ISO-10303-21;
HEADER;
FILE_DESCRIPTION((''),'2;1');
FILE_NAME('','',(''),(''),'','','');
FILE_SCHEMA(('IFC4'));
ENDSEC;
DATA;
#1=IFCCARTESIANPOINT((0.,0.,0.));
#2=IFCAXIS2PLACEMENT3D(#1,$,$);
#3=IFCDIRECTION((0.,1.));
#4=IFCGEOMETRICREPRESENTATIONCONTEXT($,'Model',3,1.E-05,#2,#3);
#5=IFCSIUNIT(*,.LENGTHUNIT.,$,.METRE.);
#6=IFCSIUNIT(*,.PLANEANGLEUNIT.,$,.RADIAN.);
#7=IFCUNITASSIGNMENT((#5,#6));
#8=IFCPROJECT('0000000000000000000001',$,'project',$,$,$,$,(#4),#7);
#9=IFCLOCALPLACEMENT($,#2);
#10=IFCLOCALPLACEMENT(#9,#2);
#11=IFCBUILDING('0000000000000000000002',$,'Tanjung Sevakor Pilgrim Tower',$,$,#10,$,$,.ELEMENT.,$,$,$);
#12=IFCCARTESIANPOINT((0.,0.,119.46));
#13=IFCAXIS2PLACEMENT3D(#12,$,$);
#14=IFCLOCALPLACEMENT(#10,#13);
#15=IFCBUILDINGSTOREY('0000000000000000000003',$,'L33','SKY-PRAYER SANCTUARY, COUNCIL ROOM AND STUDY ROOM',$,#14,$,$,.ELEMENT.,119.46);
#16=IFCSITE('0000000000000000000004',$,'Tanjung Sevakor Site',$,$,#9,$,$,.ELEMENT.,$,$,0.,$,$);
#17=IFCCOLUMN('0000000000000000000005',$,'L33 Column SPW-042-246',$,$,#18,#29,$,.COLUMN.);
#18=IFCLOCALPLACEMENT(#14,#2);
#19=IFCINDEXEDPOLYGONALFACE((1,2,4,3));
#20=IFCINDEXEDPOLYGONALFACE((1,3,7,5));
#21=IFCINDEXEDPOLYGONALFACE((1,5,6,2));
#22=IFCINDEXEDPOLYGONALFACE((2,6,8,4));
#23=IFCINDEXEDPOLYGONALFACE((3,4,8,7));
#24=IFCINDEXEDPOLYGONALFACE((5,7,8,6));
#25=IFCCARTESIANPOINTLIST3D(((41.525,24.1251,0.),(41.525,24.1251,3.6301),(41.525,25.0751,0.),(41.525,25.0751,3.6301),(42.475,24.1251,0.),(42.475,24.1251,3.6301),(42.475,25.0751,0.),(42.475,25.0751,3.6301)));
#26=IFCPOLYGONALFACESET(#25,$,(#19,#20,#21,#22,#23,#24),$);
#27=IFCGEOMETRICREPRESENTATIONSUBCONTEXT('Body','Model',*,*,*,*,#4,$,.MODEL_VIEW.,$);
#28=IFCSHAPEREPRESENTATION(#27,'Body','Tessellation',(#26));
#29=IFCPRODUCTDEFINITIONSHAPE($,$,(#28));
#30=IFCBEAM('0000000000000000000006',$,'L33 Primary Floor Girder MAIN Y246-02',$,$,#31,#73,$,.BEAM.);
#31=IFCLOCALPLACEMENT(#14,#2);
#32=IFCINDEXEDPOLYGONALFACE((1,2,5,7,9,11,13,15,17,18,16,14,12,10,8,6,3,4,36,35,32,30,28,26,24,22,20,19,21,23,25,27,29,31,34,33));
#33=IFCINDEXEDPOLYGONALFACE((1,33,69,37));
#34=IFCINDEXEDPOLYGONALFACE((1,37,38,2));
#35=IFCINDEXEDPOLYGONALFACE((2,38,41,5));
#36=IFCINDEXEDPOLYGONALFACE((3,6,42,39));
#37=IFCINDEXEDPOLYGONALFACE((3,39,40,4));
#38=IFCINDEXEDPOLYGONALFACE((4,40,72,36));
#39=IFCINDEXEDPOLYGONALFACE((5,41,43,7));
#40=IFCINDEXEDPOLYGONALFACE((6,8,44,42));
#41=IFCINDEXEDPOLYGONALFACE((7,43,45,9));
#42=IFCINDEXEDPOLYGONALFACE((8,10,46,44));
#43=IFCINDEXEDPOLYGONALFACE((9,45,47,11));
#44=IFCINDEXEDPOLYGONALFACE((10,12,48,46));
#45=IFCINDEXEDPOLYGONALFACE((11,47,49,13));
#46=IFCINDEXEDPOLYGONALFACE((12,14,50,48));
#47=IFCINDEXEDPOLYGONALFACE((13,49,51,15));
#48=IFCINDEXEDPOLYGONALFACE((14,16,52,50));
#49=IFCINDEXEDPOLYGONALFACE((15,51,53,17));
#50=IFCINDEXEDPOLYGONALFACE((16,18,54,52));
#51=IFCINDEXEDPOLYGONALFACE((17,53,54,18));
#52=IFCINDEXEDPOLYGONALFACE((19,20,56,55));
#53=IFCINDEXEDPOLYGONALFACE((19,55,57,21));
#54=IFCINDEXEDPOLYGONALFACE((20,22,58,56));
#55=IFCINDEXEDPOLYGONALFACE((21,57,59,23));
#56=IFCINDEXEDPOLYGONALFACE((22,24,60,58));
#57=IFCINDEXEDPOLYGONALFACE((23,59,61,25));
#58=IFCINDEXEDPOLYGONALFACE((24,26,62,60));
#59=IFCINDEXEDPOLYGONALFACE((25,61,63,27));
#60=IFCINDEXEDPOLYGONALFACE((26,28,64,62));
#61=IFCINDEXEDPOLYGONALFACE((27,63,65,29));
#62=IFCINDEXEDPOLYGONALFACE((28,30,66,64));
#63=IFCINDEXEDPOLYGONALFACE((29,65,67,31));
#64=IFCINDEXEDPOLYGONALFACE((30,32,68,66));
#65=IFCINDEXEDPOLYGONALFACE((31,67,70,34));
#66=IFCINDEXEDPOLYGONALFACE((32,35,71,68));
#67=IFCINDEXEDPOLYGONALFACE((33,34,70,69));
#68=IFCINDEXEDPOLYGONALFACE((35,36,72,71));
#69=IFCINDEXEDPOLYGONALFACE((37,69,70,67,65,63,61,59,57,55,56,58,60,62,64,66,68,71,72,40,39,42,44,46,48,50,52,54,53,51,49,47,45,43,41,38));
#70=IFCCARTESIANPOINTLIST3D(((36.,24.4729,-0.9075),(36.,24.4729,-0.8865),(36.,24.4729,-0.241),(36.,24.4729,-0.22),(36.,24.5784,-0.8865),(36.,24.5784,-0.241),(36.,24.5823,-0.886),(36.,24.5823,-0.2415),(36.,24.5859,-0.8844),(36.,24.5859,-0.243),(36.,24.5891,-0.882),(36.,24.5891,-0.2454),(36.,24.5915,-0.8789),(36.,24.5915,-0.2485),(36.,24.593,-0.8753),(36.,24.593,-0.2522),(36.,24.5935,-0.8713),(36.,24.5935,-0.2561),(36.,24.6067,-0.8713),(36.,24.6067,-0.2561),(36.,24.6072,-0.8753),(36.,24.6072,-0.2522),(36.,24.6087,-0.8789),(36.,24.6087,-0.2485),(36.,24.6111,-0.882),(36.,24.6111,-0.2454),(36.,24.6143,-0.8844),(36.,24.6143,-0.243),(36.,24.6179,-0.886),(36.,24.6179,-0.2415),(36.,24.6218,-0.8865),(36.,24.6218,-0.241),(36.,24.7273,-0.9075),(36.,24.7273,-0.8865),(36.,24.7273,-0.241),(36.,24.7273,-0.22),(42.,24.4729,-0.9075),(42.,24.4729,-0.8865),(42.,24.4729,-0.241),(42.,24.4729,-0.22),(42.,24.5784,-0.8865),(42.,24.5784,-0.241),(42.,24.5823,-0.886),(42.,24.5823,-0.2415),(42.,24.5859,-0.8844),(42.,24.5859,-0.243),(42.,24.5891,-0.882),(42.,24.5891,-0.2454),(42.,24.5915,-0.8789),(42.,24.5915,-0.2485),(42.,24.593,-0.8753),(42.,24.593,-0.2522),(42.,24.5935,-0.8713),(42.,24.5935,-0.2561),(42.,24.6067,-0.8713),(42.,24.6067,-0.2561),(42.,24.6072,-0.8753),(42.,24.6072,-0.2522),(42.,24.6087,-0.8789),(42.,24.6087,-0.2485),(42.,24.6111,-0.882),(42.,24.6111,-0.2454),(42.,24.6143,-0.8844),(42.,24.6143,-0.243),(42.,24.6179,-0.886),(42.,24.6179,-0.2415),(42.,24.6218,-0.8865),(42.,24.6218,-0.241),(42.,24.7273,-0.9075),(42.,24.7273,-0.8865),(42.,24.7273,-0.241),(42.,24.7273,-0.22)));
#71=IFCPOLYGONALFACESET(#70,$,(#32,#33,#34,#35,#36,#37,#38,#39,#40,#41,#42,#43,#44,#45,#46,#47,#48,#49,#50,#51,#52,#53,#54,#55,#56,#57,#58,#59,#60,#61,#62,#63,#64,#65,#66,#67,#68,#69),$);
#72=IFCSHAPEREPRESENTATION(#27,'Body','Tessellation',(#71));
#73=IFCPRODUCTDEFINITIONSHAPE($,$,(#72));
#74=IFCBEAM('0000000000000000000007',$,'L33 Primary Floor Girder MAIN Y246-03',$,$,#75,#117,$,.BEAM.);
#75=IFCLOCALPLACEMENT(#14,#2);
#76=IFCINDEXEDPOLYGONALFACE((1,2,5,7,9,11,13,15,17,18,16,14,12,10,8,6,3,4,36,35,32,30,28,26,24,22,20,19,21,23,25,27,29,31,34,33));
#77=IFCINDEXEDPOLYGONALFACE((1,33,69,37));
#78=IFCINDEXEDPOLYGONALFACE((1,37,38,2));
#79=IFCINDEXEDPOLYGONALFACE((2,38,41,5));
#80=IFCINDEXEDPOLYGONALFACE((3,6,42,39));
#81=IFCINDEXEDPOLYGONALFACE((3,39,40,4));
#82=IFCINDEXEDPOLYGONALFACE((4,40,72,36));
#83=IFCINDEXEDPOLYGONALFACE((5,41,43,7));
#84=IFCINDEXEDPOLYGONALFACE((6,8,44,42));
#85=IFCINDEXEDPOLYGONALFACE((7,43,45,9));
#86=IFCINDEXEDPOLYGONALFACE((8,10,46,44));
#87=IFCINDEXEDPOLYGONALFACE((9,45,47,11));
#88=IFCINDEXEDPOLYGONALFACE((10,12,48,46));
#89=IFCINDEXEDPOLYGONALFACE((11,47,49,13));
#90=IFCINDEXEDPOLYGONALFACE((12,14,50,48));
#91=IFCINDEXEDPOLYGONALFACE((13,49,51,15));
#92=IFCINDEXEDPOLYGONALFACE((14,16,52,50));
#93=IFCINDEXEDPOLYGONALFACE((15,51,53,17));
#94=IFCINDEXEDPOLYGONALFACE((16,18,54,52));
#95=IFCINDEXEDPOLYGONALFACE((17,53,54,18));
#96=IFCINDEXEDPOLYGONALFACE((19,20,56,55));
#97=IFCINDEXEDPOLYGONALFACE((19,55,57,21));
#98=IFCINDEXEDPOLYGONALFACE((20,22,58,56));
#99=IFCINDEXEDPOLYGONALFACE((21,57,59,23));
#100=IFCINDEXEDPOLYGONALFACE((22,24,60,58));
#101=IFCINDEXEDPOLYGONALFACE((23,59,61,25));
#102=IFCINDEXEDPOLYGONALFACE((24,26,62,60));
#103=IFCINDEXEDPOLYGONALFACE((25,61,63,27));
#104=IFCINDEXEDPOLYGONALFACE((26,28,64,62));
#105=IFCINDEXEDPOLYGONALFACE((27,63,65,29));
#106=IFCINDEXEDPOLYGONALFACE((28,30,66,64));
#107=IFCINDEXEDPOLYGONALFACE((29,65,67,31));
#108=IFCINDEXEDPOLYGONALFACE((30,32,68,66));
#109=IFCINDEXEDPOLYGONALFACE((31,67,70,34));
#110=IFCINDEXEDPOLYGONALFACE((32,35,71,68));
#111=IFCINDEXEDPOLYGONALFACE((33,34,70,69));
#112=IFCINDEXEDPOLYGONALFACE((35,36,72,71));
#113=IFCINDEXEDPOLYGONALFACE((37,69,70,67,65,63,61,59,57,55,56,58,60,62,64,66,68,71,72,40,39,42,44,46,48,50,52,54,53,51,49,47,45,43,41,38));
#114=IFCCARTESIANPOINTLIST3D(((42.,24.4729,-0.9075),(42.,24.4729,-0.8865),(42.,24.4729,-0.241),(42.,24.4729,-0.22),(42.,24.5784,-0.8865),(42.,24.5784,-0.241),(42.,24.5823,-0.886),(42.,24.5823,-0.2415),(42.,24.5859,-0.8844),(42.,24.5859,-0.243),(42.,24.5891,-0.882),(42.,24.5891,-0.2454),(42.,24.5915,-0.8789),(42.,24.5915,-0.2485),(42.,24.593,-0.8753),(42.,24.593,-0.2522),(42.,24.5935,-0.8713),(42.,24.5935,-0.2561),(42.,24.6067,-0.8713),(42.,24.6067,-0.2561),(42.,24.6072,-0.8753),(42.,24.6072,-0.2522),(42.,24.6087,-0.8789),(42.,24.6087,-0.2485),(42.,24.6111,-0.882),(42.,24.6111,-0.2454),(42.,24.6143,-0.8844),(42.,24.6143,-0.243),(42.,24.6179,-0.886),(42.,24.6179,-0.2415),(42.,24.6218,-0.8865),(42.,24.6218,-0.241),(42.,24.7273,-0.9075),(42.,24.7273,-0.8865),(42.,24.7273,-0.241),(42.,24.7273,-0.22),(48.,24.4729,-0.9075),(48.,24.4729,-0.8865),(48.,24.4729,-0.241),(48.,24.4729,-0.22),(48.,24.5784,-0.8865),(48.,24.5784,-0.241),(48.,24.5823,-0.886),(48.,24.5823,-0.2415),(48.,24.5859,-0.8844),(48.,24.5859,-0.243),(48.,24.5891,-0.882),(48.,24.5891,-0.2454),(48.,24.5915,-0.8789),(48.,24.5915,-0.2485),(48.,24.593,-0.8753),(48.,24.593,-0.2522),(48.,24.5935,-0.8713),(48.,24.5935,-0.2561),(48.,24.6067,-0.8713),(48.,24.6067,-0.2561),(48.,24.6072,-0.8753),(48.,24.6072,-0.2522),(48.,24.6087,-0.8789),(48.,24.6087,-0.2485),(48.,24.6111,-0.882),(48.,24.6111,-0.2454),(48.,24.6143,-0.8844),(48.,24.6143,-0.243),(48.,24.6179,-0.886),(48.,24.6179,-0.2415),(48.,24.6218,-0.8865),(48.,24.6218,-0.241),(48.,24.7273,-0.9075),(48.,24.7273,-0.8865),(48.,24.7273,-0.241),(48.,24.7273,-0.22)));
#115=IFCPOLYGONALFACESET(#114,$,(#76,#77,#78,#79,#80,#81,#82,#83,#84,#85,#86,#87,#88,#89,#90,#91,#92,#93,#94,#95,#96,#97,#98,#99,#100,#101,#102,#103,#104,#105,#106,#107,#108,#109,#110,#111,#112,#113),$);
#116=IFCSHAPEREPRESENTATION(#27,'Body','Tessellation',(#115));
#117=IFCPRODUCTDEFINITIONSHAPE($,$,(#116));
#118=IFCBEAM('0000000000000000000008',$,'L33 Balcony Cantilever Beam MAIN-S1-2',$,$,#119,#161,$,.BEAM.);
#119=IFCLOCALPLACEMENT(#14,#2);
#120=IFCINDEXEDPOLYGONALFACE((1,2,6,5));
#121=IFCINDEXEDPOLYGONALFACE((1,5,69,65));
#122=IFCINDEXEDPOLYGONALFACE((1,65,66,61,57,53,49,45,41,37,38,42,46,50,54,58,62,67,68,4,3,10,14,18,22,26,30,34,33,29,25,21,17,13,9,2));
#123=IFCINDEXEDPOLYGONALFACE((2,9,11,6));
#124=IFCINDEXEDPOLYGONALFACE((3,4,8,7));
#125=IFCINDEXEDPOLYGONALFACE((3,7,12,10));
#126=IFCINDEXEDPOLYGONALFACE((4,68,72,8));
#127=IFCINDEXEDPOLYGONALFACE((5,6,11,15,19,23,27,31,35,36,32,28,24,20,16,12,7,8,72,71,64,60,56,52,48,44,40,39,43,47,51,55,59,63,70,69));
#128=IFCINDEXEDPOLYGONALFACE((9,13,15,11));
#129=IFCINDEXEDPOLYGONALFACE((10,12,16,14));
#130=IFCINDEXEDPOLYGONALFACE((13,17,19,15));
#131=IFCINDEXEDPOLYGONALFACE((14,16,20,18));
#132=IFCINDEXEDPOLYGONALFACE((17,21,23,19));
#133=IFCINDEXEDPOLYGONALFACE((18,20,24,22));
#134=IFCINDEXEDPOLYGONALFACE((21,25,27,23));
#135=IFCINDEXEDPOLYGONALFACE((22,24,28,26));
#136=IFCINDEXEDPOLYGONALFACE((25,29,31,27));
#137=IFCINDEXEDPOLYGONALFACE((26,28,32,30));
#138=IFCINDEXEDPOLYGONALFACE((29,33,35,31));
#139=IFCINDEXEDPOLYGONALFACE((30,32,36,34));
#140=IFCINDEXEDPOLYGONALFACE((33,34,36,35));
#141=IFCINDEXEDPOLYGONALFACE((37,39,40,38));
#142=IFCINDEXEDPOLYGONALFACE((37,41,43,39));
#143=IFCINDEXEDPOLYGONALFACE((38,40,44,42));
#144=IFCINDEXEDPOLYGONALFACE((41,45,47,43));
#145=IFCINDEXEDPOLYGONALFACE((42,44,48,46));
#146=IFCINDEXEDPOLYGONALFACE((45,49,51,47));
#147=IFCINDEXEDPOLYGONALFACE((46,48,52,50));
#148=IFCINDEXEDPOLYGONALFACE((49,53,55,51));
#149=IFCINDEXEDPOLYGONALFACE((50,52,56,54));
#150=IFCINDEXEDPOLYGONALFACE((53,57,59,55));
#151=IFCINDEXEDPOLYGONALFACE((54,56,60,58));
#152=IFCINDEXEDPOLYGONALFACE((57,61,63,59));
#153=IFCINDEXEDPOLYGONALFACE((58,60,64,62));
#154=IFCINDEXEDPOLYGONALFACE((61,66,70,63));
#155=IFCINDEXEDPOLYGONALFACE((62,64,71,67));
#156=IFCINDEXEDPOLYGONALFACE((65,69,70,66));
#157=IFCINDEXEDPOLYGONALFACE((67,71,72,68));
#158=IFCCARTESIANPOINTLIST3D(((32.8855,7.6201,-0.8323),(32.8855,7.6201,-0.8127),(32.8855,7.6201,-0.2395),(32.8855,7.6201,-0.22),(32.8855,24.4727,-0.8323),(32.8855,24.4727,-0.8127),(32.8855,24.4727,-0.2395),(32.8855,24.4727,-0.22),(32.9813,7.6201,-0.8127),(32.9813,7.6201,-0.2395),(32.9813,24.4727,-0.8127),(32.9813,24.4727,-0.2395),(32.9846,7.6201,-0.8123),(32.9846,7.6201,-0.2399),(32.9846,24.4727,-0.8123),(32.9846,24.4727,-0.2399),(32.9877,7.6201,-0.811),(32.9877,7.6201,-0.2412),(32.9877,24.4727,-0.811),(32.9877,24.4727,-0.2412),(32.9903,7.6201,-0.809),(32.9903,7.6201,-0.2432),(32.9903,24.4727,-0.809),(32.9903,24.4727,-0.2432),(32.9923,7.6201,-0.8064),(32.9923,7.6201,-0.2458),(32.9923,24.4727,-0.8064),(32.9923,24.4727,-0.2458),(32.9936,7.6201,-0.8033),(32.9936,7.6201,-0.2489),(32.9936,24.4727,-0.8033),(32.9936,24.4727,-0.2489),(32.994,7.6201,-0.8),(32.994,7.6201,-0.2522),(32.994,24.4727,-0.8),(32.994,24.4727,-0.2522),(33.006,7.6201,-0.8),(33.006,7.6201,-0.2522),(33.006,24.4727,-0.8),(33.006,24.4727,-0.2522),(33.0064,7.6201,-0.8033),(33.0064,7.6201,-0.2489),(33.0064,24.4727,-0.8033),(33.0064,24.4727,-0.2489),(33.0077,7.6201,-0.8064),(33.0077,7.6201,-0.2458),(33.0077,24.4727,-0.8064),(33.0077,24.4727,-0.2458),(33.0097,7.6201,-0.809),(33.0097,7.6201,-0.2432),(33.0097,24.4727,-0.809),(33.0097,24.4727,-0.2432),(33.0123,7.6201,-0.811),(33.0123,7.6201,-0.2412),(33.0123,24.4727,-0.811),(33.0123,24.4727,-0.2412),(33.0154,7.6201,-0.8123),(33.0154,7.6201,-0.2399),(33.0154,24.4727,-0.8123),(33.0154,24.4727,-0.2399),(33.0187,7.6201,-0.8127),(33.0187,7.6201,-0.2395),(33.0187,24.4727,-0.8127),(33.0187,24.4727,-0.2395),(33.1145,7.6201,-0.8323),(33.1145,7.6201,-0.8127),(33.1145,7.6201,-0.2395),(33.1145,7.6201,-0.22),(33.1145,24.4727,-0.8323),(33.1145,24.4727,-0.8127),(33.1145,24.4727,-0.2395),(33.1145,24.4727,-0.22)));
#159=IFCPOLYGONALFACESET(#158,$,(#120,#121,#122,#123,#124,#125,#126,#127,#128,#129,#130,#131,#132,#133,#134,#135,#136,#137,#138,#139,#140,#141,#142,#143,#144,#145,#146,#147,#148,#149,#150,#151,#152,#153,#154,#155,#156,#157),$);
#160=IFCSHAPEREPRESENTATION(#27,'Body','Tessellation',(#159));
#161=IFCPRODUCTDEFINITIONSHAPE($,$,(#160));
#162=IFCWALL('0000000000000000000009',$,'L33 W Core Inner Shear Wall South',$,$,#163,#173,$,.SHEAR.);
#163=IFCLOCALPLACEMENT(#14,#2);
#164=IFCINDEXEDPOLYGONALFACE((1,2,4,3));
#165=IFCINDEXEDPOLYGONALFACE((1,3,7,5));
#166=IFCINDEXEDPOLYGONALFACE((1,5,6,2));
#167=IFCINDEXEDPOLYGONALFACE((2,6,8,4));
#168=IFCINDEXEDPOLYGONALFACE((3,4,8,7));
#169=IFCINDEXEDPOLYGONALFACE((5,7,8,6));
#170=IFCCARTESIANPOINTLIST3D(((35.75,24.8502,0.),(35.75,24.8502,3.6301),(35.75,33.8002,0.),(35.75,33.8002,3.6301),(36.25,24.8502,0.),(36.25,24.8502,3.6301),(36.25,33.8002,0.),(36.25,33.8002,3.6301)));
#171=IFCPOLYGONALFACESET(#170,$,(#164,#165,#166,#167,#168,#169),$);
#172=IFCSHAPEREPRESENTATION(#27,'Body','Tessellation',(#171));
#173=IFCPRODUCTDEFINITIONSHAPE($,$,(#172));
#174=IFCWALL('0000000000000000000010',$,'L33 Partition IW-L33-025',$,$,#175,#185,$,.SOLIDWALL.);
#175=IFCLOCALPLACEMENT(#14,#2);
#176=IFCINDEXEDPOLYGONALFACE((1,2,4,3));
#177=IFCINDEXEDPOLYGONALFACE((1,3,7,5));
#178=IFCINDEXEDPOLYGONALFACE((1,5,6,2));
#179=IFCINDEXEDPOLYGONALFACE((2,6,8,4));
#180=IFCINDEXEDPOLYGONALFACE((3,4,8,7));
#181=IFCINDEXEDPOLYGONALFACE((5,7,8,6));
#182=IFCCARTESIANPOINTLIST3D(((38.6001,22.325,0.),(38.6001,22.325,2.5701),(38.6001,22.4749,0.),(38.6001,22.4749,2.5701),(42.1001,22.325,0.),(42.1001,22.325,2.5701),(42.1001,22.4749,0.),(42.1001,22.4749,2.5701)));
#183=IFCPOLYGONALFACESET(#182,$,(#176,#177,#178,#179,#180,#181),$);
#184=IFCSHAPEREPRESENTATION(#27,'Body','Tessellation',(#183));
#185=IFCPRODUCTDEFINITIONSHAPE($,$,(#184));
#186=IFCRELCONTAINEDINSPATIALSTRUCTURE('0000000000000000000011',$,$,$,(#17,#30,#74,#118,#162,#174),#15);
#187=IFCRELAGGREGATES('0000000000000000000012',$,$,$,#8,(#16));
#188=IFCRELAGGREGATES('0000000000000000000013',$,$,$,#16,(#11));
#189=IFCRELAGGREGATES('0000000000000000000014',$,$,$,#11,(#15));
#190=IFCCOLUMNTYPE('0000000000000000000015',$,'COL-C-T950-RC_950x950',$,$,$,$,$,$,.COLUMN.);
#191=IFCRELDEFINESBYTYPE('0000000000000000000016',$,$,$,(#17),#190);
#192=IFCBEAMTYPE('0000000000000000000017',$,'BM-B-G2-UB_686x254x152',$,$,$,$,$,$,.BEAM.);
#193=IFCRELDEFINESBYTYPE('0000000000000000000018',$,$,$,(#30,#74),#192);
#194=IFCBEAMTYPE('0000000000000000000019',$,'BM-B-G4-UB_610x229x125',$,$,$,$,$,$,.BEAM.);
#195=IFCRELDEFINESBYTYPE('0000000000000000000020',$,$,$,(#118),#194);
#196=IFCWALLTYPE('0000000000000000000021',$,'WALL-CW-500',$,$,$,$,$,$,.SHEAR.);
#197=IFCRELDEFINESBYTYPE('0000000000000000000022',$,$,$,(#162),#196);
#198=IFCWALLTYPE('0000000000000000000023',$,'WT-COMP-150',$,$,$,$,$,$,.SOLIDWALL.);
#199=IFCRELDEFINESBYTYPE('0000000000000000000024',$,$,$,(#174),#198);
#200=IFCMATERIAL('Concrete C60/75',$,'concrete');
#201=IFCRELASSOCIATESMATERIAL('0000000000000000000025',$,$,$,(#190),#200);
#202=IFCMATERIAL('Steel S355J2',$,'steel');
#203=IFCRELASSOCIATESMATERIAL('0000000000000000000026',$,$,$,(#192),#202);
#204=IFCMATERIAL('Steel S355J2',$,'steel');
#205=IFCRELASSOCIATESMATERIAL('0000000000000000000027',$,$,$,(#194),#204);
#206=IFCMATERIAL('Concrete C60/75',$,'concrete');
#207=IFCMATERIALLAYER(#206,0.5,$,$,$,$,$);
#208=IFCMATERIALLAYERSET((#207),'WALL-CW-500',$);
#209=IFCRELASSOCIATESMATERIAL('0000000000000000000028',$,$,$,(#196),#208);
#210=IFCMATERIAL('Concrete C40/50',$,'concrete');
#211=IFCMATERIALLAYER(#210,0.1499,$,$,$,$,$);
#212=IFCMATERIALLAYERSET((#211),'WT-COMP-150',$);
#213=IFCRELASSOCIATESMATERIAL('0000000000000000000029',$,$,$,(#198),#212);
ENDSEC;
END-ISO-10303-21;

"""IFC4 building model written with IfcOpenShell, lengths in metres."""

from ifc_helpers import new_model, si_unit, direction, frame, frame_2d, origin, origin_2d, place, context, subcontext, project, spatial, rectangle, i_section, extrude, material, layer, layer_set, material_profile, profile_set, type_object, element, save


model = new_model("IFC4")

# Units and contexts
model_context = context("Model", 3, precision=1e-05, world=origin(), true_north=direction((0.0, 1.0)))
body_context = subcontext(model_context, "Body", "Model", "MODEL_VIEW")
ifc_project = project(units=[si_unit("LENGTHUNIT", "METRE"), si_unit("PLANEANGLEUNIT", "RADIAN")], contexts=[model_context])

# Site, building, storey
site_placement = place(None, origin())
site = spatial("IfcSite", under=ifc_project, at=site_placement, Name="Tanjung Sevakor Site", CompositionType="ELEMENT", RefElevation=0.0)
building_placement = place(site_placement, origin())
building = spatial("IfcBuilding", under=site, at=building_placement, Name="Tanjung Sevakor Pilgrim Tower", CompositionType="ELEMENT")
storey_placement = place(building_placement, frame((0.0, 0.0, 119.46)))
storey = spatial("IfcBuildingStorey", under=building, at=storey_placement, Name="L33", Description="SKY-PRAYER SANCTUARY, COUNCIL ROOM AND STUDY ROOM", CompositionType="ELEMENT", Elevation=119.46)

# Column
ifc_material_1 = material(Name="Concrete C60/75", Category="concrete")
ifc_material_profile_1 = material_profile(ifc_material_1, rectangle(XDim=0.95, YDim=0.95, at=origin_2d()))
ifc_profile_set_1 = profile_set([ifc_material_profile_1], Name="Concrete C60/75")
column_type = type_object("IfcColumnType", Name="COL-C-T950-RC_950x950", PredefinedType="COLUMN", material=ifc_profile_set_1)
column_placement = place(storey_placement, frame((42.0, 24.6001, 0.0), z_axis=(0.0, 0.0, 1.0), x_axis=(1.0, 0.0, 0.0)))
element("IfcColumn", 1, at=column_placement, inside=storey, type_object=column_type, Name="L33 Column SPW-042-246", PredefinedType="COLUMN", context=body_context, shape_type="SweptSolid", body=[
    extrude(rectangle(XDim=0.95, YDim=0.95, at=origin_2d()), origin(), (0.0, 0.0, 1.0), 3.6301),
])

# Beams
ifc_material_2 = material(Name="Steel S355J2", Category="steel")
ifc_material_profile_2 = material_profile(ifc_material_2, i_section(OverallWidth=0.2544, OverallDepth=0.6875, WebThickness=0.0132, FlangeThickness=0.021, FilletRadius=0.0151, at=origin_2d()))
ifc_profile_set_2 = profile_set([ifc_material_profile_2], Name="Steel S355J2")
beam_type_1 = type_object("IfcBeamType", Name="BM-B-G2-UB_686x254x152", PredefinedType="BEAM", material=ifc_profile_set_2)
for number, where, z_axis, x_axis, name in (
    (2, (36.0, 24.6001, -0.5637), (1.0, 0.0, 0.0), (0.0, 1.0, 0.0), "L33 Primary Floor Girder MAIN Y246-02"),
    (3, (42.0, 24.6001, -0.5637), (1.0, 0.0, 0.0), (0.0, 1.0, 0.0), "L33 Primary Floor Girder MAIN Y246-03"),
):
    element("IfcBeam", number, at=place(storey_placement, frame(where, z_axis=z_axis, x_axis=x_axis)), inside=storey, type_object=beam_type_1, Name=name, PredefinedType="BEAM", context=body_context, shape_type="SweptSolid", body=[
        extrude(i_section(OverallWidth=0.2544, OverallDepth=0.6875, WebThickness=0.0132, FlangeThickness=0.021, FilletRadius=0.0151, at=origin_2d()), origin(), (0.0, 0.0, 1.0), 6.0),
    ])
ifc_material_3 = material(Name="Steel S355J2", Category="steel")
ifc_material_profile_3 = material_profile(ifc_material_3, i_section(OverallWidth=0.229, OverallDepth=0.6123, WebThickness=0.012, FlangeThickness=0.0195, FilletRadius=0.0127, at=origin_2d()))
ifc_profile_set_3 = profile_set([ifc_material_profile_3], Name="Steel S355J2")
beam_type_2 = type_object("IfcBeamType", Name="BM-B-G4-UB_610x229x125", PredefinedType="BEAM", material=ifc_profile_set_3)
beam_placement = place(storey_placement, frame((33.0, 24.4727, -0.5261), z_axis=(0.0, -1.0, 0.0), x_axis=(1.0, 0.0, 0.0)))
element("IfcBeam", 4, at=beam_placement, inside=storey, type_object=beam_type_2, Name="L33 Balcony Cantilever Beam MAIN-S1-2", PredefinedType="BEAM", context=body_context, shape_type="SweptSolid", body=[
    extrude(i_section(OverallWidth=0.229, OverallDepth=0.6123, WebThickness=0.012, FlangeThickness=0.0195, FilletRadius=0.0127, at=origin_2d()), origin(), (0.0, 0.0, 1.0), 16.8525),
])

# Wall
ifc_material_4 = material(Name="Concrete C60/75", Category="concrete")
ifc_layer_1 = layer(ifc_material_4, 0.5)
ifc_layer_set_1 = layer_set([ifc_layer_1], Name="WALL-CW-500")
wall_type_1 = type_object("IfcWallType", Name="WALL-CW-500", PredefinedType="SHEAR", material=ifc_layer_set_1)
wall_1_placement = place(storey_placement, frame((36.0, 24.8501, 0.0), z_axis=(0.0, 0.0, 1.0), x_axis=(0.0, 1.0, 0.0)))
element("IfcWall", 5, at=wall_1_placement, inside=storey, type_object=wall_type_1, Name="L33 W Core Inner Shear Wall South", PredefinedType="SHEAR", context=body_context, shape_type="SweptSolid", body=[
    extrude(rectangle(XDim=8.95, YDim=0.5, at=frame_2d((4.4751, 0.0))), origin(), (0.0, 0.0, 1.0), 3.6301),
])

# Shared definitions
ifc_material_5 = material(Name="Concrete C40/50", Category="concrete")
ifc_layer_2 = layer(ifc_material_5, 0.1499)
ifc_layer_set_2 = layer_set([ifc_layer_2], Name="WT-COMP-150")
wall_type_2 = type_object("IfcWallType", Name="WT-COMP-150", PredefinedType="SOLIDWALL", material=ifc_layer_set_2)

# Wall
wall_2_placement = place(storey_placement, frame((38.6001, 22.3999, 0.0), z_axis=(0.0, 0.0, 1.0), x_axis=(1.0, 0.0, 0.0)))
element("IfcWall", 6, at=wall_2_placement, inside=storey, type_object=wall_type_2, Name="L33 Partition IW-L33-025", PredefinedType="SOLIDWALL", context=body_context, shape_type="SweptSolid", body=[
    extrude(rectangle(XDim=3.5, YDim=0.1499, at=frame_2d((1.75, 0.0))), origin(), (0.0, 0.0, 1.0), 2.5701),
])

save(model, "model.ifc")
